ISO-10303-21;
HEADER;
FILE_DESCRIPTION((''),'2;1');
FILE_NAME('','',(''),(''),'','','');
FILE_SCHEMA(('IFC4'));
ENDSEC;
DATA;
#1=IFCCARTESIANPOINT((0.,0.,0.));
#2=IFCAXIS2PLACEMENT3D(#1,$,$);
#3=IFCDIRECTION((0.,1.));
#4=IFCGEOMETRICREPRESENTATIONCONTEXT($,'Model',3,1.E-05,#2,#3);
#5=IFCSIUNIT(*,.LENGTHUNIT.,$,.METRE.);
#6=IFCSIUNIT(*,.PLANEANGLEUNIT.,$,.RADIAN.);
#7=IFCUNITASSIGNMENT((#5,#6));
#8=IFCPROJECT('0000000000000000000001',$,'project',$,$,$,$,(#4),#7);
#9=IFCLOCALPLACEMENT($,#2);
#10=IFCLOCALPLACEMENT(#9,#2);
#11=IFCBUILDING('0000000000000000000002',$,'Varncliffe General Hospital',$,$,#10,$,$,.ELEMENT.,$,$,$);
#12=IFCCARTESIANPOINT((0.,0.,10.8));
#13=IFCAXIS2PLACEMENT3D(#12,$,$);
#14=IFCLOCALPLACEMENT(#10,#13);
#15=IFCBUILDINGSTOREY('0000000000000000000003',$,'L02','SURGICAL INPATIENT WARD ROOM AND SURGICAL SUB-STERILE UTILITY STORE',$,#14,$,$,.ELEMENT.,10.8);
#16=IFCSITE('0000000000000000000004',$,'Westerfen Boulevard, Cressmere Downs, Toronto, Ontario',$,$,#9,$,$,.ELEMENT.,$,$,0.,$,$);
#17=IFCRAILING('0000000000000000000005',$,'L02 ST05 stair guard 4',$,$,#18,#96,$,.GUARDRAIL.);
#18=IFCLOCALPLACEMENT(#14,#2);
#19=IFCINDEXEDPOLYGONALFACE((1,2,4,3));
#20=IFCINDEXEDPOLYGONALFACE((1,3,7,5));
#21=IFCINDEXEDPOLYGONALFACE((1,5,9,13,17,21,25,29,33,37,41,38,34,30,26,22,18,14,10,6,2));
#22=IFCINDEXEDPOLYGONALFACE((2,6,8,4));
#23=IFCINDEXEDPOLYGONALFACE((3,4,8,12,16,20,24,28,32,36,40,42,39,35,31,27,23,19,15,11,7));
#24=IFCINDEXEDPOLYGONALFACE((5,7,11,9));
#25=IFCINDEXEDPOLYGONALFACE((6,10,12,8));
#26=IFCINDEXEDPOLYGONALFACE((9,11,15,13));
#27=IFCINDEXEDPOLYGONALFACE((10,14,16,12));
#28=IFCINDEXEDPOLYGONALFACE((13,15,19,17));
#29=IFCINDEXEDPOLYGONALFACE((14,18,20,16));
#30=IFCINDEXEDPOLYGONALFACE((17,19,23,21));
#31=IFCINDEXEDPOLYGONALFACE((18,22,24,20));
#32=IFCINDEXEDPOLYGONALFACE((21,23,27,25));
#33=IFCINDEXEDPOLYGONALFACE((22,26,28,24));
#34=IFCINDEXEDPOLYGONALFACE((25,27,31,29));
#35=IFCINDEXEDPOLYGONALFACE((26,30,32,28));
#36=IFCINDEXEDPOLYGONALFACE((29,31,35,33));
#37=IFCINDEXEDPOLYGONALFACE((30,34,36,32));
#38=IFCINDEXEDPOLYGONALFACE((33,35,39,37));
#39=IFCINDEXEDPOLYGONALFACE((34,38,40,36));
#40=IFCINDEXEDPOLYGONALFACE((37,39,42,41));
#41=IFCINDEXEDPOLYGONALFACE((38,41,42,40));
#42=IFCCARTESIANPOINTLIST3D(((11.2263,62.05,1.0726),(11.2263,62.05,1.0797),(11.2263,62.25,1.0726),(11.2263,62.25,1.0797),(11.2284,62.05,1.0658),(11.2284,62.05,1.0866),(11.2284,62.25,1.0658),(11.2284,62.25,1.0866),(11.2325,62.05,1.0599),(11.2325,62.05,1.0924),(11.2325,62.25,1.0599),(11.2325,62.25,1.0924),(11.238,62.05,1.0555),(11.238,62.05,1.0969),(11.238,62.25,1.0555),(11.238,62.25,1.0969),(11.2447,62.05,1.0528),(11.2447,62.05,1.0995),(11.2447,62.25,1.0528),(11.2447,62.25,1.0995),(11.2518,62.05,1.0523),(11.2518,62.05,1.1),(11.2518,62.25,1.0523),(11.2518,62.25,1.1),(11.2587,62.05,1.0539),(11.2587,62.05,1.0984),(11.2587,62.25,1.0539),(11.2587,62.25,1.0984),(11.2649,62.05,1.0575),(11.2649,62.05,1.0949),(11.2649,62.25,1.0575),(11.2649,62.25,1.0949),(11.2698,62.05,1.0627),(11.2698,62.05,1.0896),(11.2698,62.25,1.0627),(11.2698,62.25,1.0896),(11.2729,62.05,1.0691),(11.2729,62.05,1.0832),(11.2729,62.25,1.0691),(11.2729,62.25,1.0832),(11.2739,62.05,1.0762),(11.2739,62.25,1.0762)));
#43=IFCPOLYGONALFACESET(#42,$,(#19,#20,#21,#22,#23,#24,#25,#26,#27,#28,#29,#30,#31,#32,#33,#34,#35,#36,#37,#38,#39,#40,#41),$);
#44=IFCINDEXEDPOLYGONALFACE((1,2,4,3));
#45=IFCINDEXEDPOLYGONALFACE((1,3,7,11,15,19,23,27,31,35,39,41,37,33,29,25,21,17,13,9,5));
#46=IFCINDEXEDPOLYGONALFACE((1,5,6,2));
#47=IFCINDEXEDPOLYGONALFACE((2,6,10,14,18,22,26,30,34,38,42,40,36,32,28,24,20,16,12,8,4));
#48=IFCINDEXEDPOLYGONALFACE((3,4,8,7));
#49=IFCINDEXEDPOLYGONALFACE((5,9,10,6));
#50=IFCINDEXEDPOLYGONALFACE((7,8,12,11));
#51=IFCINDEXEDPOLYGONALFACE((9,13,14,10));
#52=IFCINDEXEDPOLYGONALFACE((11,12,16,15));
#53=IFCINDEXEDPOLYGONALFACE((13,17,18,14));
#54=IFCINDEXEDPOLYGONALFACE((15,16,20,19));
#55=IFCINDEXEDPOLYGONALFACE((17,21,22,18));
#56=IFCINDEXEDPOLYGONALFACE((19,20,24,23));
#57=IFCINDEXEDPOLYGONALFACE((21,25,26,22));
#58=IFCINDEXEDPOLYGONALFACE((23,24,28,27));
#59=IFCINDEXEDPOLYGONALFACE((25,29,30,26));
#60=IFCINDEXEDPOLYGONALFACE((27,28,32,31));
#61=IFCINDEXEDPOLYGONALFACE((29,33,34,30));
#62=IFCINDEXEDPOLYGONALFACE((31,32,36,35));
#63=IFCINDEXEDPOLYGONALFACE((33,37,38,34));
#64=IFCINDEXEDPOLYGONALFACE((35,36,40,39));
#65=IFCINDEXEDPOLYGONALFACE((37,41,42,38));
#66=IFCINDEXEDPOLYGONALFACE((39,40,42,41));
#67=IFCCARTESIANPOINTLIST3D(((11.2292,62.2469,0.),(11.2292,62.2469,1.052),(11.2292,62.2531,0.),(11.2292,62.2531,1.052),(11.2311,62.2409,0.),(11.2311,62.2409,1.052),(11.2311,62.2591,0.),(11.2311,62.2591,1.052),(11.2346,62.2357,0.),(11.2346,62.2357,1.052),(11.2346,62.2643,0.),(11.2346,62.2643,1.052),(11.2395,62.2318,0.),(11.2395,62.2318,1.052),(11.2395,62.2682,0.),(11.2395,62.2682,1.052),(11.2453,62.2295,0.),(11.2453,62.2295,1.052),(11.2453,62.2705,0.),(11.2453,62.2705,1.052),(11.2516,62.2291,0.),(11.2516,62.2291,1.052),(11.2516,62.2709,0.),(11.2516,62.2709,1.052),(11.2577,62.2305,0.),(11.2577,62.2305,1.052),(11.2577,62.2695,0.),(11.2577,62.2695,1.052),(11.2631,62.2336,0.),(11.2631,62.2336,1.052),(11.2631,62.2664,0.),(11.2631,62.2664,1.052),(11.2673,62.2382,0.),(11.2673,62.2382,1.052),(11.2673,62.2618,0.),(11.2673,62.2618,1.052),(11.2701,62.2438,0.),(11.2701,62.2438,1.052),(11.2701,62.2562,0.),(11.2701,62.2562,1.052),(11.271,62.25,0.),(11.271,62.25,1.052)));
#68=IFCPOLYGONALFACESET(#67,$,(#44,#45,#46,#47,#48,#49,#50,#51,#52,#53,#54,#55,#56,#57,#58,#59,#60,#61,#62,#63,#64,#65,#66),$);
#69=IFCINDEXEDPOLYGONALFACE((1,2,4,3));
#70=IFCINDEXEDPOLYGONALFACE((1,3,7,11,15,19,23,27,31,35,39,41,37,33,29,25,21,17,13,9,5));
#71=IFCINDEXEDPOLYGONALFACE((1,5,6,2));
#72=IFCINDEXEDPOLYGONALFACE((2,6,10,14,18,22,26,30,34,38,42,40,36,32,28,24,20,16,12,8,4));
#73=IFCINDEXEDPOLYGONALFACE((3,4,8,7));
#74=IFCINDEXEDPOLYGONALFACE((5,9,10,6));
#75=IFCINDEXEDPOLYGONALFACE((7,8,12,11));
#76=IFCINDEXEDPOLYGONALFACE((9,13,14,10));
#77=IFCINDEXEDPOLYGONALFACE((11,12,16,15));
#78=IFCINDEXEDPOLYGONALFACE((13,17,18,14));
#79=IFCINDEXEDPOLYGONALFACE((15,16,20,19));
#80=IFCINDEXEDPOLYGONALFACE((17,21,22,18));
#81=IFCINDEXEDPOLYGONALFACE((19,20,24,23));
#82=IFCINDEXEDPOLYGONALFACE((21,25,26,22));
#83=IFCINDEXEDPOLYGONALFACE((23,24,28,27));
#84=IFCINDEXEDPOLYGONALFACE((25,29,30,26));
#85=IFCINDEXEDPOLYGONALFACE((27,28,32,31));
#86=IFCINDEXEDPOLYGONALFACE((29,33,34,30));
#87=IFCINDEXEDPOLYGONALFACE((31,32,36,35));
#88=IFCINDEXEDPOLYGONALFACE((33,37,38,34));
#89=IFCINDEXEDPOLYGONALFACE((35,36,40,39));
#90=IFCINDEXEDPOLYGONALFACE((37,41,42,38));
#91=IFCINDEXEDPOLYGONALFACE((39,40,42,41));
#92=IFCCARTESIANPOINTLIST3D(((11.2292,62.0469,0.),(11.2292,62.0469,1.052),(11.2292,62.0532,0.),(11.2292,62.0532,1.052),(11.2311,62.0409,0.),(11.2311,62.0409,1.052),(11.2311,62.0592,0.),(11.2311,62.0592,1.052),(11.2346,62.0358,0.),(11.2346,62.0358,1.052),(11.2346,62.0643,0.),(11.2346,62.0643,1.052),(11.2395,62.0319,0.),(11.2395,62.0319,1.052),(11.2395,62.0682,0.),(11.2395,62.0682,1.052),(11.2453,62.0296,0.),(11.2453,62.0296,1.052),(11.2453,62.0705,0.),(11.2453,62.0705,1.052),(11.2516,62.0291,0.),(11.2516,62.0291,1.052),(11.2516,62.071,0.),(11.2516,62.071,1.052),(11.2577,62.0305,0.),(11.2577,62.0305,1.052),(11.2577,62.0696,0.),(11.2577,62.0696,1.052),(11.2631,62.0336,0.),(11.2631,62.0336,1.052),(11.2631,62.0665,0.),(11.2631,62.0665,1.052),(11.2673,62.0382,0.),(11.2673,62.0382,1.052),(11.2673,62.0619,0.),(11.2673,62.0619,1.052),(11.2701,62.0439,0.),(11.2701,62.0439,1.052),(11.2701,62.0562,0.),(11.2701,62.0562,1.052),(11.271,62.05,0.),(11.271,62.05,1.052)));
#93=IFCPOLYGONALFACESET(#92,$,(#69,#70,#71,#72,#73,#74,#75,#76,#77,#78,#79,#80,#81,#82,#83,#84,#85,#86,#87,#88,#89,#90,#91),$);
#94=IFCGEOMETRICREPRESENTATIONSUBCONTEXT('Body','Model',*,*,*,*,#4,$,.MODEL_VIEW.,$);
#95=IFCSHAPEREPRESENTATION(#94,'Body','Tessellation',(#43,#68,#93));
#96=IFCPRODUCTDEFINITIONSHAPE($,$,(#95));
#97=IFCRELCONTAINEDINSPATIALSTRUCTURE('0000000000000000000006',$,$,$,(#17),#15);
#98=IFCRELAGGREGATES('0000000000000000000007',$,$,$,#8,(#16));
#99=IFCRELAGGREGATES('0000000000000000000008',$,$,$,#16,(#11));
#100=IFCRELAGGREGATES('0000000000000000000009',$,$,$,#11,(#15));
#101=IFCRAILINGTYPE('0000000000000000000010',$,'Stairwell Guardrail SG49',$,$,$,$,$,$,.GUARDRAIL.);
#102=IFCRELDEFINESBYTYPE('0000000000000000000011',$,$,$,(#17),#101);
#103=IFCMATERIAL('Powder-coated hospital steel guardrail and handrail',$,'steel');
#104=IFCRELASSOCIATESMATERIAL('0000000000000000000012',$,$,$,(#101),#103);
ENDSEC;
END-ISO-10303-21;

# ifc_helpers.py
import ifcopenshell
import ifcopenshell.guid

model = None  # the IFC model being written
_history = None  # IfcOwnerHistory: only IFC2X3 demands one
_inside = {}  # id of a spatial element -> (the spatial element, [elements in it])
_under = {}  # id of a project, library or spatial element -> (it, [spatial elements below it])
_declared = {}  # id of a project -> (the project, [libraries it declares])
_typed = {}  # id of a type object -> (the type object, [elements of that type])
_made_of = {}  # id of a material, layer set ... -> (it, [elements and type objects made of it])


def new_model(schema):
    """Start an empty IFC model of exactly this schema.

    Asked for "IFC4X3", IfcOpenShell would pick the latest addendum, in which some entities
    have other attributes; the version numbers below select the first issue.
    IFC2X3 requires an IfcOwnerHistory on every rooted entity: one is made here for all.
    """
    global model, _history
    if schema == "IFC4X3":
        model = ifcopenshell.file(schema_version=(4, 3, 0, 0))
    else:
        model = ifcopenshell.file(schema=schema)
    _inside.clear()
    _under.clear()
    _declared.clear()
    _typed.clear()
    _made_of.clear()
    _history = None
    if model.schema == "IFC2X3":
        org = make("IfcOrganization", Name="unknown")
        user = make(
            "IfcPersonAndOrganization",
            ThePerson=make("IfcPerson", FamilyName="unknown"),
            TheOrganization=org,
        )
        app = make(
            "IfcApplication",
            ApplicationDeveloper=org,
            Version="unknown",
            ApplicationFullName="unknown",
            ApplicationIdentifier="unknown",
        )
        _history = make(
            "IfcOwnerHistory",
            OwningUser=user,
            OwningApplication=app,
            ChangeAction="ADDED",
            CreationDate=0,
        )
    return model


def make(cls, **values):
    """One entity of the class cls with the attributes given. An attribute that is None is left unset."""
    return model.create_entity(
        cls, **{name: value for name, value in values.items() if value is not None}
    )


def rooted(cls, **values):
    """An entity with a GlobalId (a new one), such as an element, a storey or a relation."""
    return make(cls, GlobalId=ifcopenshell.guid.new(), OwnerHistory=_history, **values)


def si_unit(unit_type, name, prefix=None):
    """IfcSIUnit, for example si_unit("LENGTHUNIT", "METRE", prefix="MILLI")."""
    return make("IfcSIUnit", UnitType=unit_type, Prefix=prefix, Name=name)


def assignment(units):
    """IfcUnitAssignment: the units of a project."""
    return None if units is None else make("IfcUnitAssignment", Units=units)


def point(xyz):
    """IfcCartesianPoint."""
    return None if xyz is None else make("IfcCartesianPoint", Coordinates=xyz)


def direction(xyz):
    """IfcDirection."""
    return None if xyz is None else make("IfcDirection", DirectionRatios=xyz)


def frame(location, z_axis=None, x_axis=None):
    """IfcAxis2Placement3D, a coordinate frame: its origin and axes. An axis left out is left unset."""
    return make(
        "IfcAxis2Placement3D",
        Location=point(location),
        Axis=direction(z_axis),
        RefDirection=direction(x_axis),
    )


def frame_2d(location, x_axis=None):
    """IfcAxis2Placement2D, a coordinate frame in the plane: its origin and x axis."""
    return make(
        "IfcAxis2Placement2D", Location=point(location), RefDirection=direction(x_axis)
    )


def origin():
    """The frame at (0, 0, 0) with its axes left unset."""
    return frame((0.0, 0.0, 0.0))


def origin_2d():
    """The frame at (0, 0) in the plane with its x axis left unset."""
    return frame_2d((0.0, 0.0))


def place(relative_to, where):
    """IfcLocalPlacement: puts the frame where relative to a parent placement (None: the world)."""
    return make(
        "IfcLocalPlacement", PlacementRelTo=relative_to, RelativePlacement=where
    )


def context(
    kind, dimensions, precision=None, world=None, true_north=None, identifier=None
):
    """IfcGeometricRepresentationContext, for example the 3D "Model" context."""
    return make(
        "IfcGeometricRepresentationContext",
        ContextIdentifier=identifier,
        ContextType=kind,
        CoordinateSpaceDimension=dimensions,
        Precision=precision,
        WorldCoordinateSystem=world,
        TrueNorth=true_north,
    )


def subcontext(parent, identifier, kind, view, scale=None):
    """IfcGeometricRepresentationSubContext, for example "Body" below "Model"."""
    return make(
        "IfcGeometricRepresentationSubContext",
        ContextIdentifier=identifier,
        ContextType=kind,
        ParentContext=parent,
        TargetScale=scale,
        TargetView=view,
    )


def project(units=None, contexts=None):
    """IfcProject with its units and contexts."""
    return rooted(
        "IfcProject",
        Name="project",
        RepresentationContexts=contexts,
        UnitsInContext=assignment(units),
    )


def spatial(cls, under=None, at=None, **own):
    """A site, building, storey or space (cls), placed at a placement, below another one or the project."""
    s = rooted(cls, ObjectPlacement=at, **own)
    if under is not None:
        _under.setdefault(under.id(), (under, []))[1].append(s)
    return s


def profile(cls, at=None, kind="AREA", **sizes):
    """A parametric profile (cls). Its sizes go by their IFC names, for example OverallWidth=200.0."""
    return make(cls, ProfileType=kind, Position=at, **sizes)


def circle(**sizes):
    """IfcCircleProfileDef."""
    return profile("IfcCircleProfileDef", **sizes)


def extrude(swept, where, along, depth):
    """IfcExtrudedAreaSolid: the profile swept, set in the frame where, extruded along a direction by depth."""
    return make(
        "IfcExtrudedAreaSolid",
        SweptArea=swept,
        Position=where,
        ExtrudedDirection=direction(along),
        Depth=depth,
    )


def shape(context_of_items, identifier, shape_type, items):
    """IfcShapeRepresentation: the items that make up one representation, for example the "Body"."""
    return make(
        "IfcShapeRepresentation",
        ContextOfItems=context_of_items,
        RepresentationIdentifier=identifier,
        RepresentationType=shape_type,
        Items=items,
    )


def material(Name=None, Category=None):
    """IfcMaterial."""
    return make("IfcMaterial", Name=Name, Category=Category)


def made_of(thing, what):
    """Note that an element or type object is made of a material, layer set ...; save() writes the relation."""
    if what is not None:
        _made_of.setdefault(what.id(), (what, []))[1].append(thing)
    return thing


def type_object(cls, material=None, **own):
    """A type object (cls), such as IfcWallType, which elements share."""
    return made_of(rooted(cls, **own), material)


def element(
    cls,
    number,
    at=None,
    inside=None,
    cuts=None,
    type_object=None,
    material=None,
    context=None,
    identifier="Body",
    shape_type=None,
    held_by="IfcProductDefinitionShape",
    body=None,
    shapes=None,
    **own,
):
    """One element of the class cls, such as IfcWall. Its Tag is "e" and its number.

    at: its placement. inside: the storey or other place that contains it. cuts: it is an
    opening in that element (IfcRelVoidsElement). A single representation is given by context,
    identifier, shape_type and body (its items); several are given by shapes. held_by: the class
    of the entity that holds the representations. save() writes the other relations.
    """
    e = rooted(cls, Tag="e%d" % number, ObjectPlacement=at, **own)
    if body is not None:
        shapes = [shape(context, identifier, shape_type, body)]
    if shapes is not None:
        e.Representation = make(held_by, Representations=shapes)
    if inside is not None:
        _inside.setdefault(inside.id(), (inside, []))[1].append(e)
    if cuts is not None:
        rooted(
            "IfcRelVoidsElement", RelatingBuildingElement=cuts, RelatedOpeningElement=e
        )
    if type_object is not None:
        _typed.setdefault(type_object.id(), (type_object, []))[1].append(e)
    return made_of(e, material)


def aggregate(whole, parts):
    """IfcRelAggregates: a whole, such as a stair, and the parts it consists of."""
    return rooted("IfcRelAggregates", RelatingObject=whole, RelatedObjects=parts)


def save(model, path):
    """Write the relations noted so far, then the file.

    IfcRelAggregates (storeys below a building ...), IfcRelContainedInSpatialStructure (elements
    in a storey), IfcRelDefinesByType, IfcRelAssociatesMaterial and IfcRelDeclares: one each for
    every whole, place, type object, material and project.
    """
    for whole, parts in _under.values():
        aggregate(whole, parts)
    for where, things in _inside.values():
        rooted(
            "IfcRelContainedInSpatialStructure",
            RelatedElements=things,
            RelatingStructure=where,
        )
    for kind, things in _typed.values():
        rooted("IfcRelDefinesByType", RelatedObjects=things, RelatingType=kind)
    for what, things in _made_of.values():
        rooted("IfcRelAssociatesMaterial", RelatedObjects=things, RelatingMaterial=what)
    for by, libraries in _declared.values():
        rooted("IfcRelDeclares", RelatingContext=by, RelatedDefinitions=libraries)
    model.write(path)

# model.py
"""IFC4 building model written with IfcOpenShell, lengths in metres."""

from ifc_helpers import new_model, si_unit, direction, frame, origin, origin_2d, place, context, subcontext, project, spatial, circle, extrude, material, type_object, element, save


model = new_model("IFC4")

# Units and contexts
model_context = context("Model", 3, precision=1e-05, world=origin(), true_north=direction((0.0, 1.0)))
body_context = subcontext(model_context, "Body", "Model", "MODEL_VIEW")
ifc_project = project(units=[si_unit("LENGTHUNIT", "METRE"), si_unit("PLANEANGLEUNIT", "RADIAN")], contexts=[model_context])

# Site, building, storey
site_placement = place(None, origin())
site = spatial("IfcSite", under=ifc_project, at=site_placement, Name="Westerfen Boulevard, Cressmere Downs, Toronto, Ontario", CompositionType="ELEMENT", RefElevation=0.0)
building_placement = place(site_placement, origin())
building = spatial("IfcBuilding", under=site, at=building_placement, Name="Varncliffe General Hospital", CompositionType="ELEMENT")
storey_placement = place(building_placement, frame((0.0, 0.0, 10.8)))
storey = spatial("IfcBuildingStorey", under=building, at=storey_placement, Name="L02", Description="SURGICAL INPATIENT WARD ROOM AND SURGICAL SUB-STERILE UTILITY STORE", CompositionType="ELEMENT", Elevation=10.8)

# Railing
ifc_material_1 = material(Name="Powder-coated hospital steel guardrail and handrail", Category="steel")
railing_type_1 = type_object("IfcRailingType", Name="Stairwell Guardrail SG49", PredefinedType="GUARDRAIL", material=ifc_material_1)
railing_1_placement = place(storey_placement, frame((11.25, 62.25, 0.0)))
element("IfcRailing", 1, at=railing_1_placement, inside=storey, type_object=railing_type_1, Name="L02 ST05 stair guard 4", PredefinedType="GUARDRAIL", context=body_context, shape_type="SweptSolid", body=[
    extrude(circle(Radius=0.0239, at=origin_2d()), frame((0.0, 0.0, 1.0762), z_axis=(0.0, -1.0, 0.0), x_axis=(1.0, 0.0, 0.0)), (0.0, 0.0, 1.0), 0.2),
    extrude(circle(Radius=0.021, at=origin_2d()), origin(), (0.0, 0.0, 1.0), 1.052),
    extrude(circle(Radius=0.021, at=origin_2d()), frame((0.0, -0.2, 0.0)), (0.0, 0.0, 1.0), 1.052),
])

save(model, "model.ifc")
